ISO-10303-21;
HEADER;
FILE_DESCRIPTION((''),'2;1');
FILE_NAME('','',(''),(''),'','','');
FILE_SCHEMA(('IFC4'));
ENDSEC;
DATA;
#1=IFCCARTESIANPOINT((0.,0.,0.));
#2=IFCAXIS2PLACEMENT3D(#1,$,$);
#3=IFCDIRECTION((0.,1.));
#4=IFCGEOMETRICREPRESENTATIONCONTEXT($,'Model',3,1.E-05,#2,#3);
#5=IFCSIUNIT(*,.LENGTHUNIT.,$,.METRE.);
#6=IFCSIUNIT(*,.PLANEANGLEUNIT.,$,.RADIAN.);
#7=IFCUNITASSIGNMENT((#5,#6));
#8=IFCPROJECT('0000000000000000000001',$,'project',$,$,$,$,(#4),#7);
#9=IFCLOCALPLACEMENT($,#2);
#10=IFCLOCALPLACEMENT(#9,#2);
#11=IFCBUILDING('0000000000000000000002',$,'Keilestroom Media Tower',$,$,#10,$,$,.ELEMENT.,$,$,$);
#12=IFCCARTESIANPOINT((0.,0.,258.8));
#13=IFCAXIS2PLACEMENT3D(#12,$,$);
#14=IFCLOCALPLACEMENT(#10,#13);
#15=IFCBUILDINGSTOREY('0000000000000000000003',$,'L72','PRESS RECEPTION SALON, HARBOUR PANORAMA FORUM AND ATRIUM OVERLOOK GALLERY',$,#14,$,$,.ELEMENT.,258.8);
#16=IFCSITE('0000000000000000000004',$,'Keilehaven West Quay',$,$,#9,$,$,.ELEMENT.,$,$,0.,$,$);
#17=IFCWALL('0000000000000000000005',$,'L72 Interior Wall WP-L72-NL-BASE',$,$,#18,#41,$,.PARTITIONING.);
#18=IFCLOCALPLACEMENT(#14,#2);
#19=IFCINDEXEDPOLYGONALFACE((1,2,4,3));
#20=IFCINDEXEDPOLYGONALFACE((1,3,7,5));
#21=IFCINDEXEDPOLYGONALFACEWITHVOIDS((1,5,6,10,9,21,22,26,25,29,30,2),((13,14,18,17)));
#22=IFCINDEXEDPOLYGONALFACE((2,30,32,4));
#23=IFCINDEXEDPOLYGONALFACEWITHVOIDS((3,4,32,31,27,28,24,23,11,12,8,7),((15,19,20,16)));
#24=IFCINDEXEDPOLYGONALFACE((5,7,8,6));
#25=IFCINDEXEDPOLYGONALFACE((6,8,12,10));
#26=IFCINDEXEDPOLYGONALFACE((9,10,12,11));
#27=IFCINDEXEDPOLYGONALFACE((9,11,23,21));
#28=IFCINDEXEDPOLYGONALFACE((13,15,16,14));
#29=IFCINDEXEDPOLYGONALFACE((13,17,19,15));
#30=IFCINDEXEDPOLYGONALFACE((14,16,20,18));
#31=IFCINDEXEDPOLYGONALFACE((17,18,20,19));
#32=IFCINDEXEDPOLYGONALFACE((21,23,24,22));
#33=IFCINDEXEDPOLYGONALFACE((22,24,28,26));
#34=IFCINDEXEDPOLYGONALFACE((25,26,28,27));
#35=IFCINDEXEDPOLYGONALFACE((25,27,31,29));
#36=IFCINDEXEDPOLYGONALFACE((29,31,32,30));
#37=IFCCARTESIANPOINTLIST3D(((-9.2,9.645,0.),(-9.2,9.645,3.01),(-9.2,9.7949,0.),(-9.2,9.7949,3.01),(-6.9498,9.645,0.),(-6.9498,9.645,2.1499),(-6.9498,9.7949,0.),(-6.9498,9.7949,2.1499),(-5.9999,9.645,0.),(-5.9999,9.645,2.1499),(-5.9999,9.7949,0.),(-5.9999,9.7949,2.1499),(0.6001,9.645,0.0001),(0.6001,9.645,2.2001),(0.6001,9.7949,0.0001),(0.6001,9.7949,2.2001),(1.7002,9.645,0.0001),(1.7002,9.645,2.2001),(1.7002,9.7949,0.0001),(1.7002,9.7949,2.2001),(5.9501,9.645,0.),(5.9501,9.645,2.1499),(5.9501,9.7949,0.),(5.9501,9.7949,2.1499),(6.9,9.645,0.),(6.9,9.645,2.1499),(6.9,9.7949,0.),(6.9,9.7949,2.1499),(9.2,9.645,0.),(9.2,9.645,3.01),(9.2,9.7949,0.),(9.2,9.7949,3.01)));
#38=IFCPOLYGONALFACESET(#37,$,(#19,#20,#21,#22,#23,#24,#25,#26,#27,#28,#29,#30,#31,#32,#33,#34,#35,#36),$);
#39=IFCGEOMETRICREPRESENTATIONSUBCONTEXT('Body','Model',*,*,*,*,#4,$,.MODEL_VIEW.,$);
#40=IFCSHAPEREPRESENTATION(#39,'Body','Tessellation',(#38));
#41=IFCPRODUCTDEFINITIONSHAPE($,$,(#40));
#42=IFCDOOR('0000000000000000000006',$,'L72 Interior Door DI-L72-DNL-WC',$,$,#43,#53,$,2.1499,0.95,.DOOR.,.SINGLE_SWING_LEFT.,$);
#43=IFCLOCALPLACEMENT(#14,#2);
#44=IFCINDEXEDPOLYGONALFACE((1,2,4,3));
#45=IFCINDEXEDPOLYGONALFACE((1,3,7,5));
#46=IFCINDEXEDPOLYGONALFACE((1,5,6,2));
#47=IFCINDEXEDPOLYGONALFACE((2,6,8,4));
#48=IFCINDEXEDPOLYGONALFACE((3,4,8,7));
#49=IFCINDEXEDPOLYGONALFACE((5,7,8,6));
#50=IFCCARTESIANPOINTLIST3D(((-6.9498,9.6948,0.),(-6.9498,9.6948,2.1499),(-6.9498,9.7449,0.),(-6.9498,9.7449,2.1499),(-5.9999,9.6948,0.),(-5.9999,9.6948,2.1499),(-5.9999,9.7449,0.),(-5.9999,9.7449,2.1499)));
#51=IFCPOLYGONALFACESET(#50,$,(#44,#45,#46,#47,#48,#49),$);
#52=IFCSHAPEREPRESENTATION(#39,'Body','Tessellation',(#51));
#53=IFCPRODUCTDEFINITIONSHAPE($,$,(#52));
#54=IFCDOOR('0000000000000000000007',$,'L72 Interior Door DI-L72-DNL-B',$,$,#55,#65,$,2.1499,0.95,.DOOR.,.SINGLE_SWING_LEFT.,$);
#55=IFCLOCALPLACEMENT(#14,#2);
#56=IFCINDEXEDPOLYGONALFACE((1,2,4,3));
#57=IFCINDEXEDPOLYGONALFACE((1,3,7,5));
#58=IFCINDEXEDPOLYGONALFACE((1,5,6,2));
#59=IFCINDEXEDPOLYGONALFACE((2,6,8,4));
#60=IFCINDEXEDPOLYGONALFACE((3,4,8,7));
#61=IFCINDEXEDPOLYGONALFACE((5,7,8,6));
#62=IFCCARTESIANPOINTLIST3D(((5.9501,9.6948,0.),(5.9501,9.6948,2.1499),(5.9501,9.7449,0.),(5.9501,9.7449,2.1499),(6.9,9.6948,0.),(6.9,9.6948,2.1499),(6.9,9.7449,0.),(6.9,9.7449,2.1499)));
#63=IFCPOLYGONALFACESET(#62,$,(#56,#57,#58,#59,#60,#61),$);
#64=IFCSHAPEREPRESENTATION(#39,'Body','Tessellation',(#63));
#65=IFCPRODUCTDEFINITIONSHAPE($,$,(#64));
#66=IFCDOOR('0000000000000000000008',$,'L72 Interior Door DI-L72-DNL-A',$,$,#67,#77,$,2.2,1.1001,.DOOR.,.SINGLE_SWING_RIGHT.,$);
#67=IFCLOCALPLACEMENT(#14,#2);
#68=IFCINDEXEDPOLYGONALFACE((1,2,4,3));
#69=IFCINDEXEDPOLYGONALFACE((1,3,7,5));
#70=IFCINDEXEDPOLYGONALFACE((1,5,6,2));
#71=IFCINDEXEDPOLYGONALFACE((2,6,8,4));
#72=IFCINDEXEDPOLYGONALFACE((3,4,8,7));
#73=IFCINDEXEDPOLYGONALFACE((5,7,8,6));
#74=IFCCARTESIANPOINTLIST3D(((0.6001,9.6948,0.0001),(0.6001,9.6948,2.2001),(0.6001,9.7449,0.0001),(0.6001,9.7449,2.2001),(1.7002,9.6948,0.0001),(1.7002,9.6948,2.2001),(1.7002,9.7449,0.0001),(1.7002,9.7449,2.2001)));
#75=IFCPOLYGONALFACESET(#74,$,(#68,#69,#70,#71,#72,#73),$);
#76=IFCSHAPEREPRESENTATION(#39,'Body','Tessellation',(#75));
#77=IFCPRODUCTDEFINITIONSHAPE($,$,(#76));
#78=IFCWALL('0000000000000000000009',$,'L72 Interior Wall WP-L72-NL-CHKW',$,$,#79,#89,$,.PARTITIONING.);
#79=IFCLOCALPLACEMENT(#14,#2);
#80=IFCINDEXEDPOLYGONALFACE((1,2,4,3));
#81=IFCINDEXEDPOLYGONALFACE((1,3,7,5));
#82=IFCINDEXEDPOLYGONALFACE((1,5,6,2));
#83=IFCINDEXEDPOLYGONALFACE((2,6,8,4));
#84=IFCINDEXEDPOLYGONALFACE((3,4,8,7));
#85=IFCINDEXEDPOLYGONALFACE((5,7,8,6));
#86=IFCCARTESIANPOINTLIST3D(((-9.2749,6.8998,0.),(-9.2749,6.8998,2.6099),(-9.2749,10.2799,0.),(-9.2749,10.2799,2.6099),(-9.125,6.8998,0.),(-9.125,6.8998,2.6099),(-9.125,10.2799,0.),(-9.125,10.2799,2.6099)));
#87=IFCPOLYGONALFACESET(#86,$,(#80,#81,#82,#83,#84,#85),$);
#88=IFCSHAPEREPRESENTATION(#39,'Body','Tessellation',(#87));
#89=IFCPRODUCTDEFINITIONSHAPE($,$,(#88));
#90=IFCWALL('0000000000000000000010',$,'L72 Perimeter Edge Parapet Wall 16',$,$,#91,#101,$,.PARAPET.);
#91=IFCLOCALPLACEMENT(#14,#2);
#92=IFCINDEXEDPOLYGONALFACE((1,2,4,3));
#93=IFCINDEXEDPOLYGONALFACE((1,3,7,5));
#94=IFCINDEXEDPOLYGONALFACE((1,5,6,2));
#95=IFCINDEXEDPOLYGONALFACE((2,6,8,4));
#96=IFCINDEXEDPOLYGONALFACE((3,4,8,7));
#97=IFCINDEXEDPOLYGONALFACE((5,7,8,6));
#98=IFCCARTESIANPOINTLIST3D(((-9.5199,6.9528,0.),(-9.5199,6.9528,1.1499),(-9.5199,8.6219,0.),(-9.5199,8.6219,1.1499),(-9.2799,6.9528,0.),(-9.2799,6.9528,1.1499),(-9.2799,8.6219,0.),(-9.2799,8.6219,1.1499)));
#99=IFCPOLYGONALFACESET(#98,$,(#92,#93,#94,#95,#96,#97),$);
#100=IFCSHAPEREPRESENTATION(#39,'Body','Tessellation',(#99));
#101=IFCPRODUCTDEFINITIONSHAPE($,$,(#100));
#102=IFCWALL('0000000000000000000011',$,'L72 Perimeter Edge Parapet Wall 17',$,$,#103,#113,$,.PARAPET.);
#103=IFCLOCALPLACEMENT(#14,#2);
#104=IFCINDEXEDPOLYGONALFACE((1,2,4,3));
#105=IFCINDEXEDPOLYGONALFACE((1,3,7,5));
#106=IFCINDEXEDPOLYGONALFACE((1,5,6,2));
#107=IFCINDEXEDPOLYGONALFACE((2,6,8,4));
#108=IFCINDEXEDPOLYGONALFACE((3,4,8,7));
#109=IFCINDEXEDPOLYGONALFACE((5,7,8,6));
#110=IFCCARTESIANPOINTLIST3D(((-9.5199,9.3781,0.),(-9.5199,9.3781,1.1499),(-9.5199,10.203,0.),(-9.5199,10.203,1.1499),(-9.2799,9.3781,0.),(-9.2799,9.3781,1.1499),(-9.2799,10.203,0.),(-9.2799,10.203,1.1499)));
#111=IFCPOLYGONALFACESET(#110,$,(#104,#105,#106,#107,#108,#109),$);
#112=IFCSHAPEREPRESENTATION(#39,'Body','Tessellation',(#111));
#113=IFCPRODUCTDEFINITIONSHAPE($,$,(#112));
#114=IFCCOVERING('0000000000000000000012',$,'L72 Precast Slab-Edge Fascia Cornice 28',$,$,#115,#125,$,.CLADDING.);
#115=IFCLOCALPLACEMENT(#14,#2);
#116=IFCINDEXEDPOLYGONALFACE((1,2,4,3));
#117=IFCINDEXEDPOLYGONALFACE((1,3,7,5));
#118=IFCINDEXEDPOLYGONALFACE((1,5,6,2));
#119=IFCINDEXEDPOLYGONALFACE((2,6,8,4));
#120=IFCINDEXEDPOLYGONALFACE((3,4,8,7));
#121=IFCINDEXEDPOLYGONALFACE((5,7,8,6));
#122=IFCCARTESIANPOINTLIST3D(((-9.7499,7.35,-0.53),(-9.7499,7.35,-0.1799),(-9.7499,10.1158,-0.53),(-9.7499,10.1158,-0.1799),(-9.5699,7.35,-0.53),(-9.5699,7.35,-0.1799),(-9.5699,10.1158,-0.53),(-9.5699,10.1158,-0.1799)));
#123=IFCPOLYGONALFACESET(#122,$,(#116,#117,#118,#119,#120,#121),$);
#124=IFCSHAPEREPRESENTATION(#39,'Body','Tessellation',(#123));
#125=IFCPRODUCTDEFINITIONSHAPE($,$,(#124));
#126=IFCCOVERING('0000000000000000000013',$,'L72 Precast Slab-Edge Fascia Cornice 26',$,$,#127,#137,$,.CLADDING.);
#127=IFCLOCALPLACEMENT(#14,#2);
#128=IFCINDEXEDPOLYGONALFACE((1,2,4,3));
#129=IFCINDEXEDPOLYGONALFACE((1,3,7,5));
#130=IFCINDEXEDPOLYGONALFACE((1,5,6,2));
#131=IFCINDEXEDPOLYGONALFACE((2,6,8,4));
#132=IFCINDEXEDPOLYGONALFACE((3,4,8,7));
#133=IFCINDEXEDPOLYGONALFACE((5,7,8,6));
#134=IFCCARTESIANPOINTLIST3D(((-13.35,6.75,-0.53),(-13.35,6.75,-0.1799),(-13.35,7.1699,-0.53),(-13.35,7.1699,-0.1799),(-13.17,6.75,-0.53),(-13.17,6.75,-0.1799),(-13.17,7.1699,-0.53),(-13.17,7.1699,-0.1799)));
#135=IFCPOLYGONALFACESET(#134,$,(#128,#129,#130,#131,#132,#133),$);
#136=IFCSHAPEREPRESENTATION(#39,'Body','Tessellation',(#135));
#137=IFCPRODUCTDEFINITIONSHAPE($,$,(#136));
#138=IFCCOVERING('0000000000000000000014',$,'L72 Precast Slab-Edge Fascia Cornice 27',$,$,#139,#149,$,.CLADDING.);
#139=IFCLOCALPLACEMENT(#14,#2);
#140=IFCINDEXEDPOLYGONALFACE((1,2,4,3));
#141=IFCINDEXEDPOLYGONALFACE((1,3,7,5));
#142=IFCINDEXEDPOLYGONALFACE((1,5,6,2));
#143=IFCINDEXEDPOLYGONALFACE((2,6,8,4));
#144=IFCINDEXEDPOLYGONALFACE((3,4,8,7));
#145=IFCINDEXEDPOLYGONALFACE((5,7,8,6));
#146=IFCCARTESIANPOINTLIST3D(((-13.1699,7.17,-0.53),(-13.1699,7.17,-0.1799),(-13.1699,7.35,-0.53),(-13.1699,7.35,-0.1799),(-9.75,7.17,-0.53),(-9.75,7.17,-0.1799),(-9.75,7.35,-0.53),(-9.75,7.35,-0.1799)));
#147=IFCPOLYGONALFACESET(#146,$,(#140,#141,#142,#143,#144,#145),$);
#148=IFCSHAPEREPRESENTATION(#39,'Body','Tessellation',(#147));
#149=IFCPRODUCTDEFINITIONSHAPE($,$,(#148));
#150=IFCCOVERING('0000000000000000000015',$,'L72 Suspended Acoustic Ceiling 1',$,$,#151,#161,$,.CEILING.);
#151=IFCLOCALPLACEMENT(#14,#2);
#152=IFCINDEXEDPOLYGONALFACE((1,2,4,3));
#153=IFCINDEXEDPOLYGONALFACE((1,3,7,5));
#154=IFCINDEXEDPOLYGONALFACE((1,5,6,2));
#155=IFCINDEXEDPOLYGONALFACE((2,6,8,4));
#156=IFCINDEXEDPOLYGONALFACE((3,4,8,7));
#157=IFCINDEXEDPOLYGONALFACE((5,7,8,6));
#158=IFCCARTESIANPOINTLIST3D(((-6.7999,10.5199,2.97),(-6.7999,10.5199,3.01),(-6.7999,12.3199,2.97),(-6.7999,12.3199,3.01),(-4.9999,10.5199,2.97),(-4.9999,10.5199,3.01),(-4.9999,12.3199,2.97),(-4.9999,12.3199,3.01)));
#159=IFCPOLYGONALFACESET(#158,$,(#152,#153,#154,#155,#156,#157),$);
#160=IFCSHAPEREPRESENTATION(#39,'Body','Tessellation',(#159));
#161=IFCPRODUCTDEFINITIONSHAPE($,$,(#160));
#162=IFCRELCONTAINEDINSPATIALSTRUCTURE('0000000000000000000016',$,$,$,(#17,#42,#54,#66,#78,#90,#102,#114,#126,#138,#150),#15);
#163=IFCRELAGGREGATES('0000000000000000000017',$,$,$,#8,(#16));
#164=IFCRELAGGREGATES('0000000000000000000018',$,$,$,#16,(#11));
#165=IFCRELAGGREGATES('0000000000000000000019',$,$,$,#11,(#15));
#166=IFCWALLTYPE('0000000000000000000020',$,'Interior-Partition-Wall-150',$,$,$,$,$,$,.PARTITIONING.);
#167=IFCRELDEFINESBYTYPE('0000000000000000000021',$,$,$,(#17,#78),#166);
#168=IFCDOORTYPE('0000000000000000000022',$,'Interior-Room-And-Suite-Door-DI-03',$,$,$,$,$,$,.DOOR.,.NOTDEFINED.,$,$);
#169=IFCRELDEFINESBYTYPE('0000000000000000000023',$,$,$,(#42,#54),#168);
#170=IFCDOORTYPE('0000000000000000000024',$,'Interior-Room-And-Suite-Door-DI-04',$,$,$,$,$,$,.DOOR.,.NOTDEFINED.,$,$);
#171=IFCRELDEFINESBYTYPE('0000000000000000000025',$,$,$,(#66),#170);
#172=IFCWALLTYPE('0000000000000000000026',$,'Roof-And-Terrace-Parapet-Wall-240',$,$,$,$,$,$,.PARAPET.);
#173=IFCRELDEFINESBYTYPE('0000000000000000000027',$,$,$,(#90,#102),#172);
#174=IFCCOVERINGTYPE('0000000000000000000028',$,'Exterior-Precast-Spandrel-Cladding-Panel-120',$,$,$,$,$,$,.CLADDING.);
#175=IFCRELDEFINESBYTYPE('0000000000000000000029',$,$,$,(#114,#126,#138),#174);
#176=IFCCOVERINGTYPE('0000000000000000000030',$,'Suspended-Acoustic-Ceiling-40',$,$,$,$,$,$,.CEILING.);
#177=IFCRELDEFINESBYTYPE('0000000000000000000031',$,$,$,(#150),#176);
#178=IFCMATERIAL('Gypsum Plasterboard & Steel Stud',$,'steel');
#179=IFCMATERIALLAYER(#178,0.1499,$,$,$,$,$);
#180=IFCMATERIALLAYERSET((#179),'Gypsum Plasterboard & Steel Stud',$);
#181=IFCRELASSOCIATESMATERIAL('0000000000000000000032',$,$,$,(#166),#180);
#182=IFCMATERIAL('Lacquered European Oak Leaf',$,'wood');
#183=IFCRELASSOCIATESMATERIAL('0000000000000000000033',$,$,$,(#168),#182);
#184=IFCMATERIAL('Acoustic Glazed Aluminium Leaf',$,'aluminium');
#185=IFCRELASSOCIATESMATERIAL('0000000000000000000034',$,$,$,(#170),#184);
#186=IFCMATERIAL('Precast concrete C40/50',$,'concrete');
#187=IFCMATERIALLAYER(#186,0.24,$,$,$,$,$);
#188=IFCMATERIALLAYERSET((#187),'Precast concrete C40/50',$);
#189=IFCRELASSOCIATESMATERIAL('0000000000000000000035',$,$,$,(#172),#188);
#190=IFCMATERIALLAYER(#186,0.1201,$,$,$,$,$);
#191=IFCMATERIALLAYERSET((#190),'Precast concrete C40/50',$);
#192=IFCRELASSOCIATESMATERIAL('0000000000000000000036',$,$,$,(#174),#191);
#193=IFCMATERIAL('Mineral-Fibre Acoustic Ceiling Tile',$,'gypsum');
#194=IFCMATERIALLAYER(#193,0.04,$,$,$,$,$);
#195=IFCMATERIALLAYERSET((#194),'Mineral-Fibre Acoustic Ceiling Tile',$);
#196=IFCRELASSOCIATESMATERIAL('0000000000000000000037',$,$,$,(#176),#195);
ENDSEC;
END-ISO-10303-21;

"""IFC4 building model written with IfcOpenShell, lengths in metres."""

from ifc_helpers import new_model, si_unit, direction, frame, frame_2d, origin, origin_2d, place, context, subcontext, project, spatial, rectangle, extrude, source, transform, mapped, material, layer, layer_set, type_object, element, fill, save


model = new_model("IFC4")

# Units and contexts
model_context = context("Model", 3, precision=1e-05, world=origin(), true_north=direction((0.0, 1.0)))
body_context = subcontext(model_context, "Body", "Model", "MODEL_VIEW")
ifc_project = project(units=[si_unit("LENGTHUNIT", "METRE"), si_unit("PLANEANGLEUNIT", "RADIAN")], contexts=[model_context])

# Site, building, storey
site_placement = place(None, origin())
site = spatial("IfcSite", under=ifc_project, at=site_placement, Name="Keilehaven West Quay", CompositionType="ELEMENT", RefElevation=0.0)
building_placement = place(site_placement, origin())
building = spatial("IfcBuilding", under=site, at=building_placement, Name="Keilestroom Media Tower", CompositionType="ELEMENT")
storey_placement = place(building_placement, frame((0.0, 0.0, 258.8)))
storey = spatial("IfcBuildingStorey", under=building, at=storey_placement, Name="L72", Description="PRESS RECEPTION SALON, HARBOUR PANORAMA FORUM AND ATRIUM OVERLOOK GALLERY", CompositionType="ELEMENT", Elevation=258.8)

# Shared definitions
ifc_material_1 = material(Name="Gypsum Plasterboard & Steel Stud", Category="steel")

# Wall, openings, doors
ifc_layer_1 = layer(ifc_material_1, 0.1499)
ifc_layer_set_1 = layer_set([ifc_layer_1], Name="Gypsum Plasterboard & Steel Stud")
wall_type_1 = type_object("IfcWallType", Name="Interior-Partition-Wall-150", PredefinedType="PARTITIONING", material=ifc_layer_set_1)
wall_1_placement = place(storey_placement, frame((-9.2, 9.72, 0.0), z_axis=(0.0, 0.0, 1.0), x_axis=(1.0, 0.0, 0.0)))
wall_1 = element("IfcWall", 1, at=wall_1_placement, inside=storey, type_object=wall_type_1, Name="L72 Interior Wall WP-L72-NL-BASE", PredefinedType="PARTITIONING", context=body_context, shape_type="SweptSolid", body=[
    extrude(rectangle(XDim=18.3999, YDim=0.1499, at=frame_2d((9.2, 0.0))), origin(), (0.0, 0.0, 1.0), 3.01),
])
opening_1_placement = place(wall_1_placement, frame((2.25, 0.0, 0.0)))
opening_1 = element("IfcOpeningElement", 2, at=opening_1_placement, cuts=wall_1, PredefinedType="OPENING", context=body_context, shape_type="SweptSolid", body=[
    extrude(rectangle(XDim=0.95, YDim=2.1499, at=frame_2d((0.4751, 1.075))), frame((0.0, 0.085, 0.0), z_axis=(0.0, -1.0, 0.0), x_axis=(1.0, 0.0, 0.0)), (0.0, 0.0, 1.0), 0.1699),
])
opening_2_placement = place(wall_1_placement, frame((9.8, 0.0, 0.0)))
opening_2 = element("IfcOpeningElement", 3, at=opening_2_placement, cuts=wall_1, PredefinedType="OPENING", context=body_context, shape_type="SweptSolid", body=[
    extrude(rectangle(XDim=1.1001, YDim=2.2, at=frame_2d((0.55, 1.1001))), frame((0.0, 0.085, 0.0), z_axis=(0.0, -1.0, 0.0), x_axis=(1.0, 0.0, 0.0)), (0.0, 0.0, 1.0), 0.1699),
])
opening_3_placement = place(wall_1_placement, frame((15.1499, 0.0, 0.0)))
opening_3 = element("IfcOpeningElement", 4, at=opening_3_placement, cuts=wall_1, PredefinedType="OPENING", context=body_context, shape_type="SweptSolid", body=[
    extrude(rectangle(XDim=0.95, YDim=2.1499, at=frame_2d((0.4751, 1.075))), frame((0.0, 0.085, 0.0), z_axis=(0.0, -1.0, 0.0), x_axis=(1.0, 0.0, 0.0)), (0.0, 0.0, 1.0), 0.1699),
])
ifc_material_2 = material(Name="Lacquered European Oak Leaf", Category="wood")
door_type_1 = type_object("IfcDoorType", Name="Interior-Room-And-Suite-Door-DI-03", OperationType="NOTDEFINED", PredefinedType="DOOR", material=ifc_material_2)
shared_shape_1 = source(origin(), body_context, "Body", "SweptSolid", [
    extrude(rectangle(XDim=0.95, YDim=2.1499, at=frame_2d((0.4751, 1.075))), frame((0.0, 0.0249, 0.0), z_axis=(0.0, -1.0, 0.0), x_axis=(1.0, 0.0, 0.0)), (0.0, 0.0, 1.0), 0.05),
])
door_1_placement = place(opening_1_placement, origin())
door_1 = element("IfcDoor", 5, at=door_1_placement, inside=storey, type_object=door_type_1, Name="L72 Interior Door DI-L72-DNL-WC", OperationType="SINGLE_SWING_LEFT", OverallHeight=2.1499, OverallWidth=0.95, PredefinedType="DOOR", context=body_context, shape_type="MappedRepresentation", body=[
    mapped(shared_shape_1, transform((0.0, 0.0, 0.0), x_axis=(1.0, 0.0, 0.0), y_axis=(0.0, 1.0, 0.0), z_axis=(0.0, 0.0, 1.0), scale=1.0)),
])
fill(opening_1, door_1)
door_2_placement = place(opening_3_placement, origin())
door_2 = element("IfcDoor", 6, at=door_2_placement, inside=storey, type_object=door_type_1, Name="L72 Interior Door DI-L72-DNL-B", OperationType="SINGLE_SWING_LEFT", OverallHeight=2.1499, OverallWidth=0.95, PredefinedType="DOOR", context=body_context, shape_type="MappedRepresentation", body=[
    mapped(shared_shape_1, transform((0.0, 0.0, 0.0), x_axis=(1.0, 0.0, 0.0), y_axis=(0.0, 1.0, 0.0), z_axis=(0.0, 0.0, 1.0), scale=1.0)),
])
fill(opening_3, door_2)
ifc_material_3 = material(Name="Acoustic Glazed Aluminium Leaf", Category="aluminium")
door_type_2 = type_object("IfcDoorType", Name="Interior-Room-And-Suite-Door-DI-04", OperationType="NOTDEFINED", PredefinedType="DOOR", material=ifc_material_3)
shared_shape_2 = source(origin(), body_context, "Body", "SweptSolid", [
    extrude(rectangle(XDim=1.1001, YDim=2.2, at=frame_2d((0.55, 1.1001))), frame((0.0, 0.0249, 0.0), z_axis=(0.0, -1.0, 0.0), x_axis=(1.0, 0.0, 0.0)), (0.0, 0.0, 1.0), 0.05),
])
door_3_placement = place(opening_2_placement, origin())
door_3 = element("IfcDoor", 7, at=door_3_placement, inside=storey, type_object=door_type_2, Name="L72 Interior Door DI-L72-DNL-A", OperationType="SINGLE_SWING_RIGHT", OverallHeight=2.2, OverallWidth=1.1001, PredefinedType="DOOR", context=body_context, shape_type="MappedRepresentation", body=[
    mapped(shared_shape_2, transform((0.0, 0.0, 0.0), x_axis=(1.0, 0.0, 0.0), y_axis=(0.0, 1.0, 0.0), z_axis=(0.0, 0.0, 1.0), scale=1.0)),
])
fill(opening_2, door_3)

# Walls
wall_2_placement = place(storey_placement, frame((-9.2, 6.8999, 0.0), z_axis=(0.0, 0.0, 1.0), x_axis=(0.0, 1.0, 0.0)))
element("IfcWall", 8, at=wall_2_placement, inside=storey, type_object=wall_type_1, Name="L72 Interior Wall WP-L72-NL-CHKW", PredefinedType="PARTITIONING", context=body_context, shape_type="SweptSolid", body=[
    extrude(rectangle(XDim=3.3801, YDim=0.1499, at=frame_2d((1.6899, 0.0))), origin(), (0.0, 0.0, 1.0), 2.6099),
])
ifc_material_4 = material(Name="Precast concrete C40/50", Category="concrete")
ifc_layer_2 = layer(ifc_material_4, 0.24)
ifc_layer_set_2 = layer_set([ifc_layer_2], Name="Precast concrete C40/50")
wall_type_2 = type_object("IfcWallType", Name="Roof-And-Terrace-Parapet-Wall-240", PredefinedType="PARAPET", material=ifc_layer_set_2)
wall_3_placement = place(storey_placement, frame((-9.3999, 6.9529, 0.0), z_axis=(0.0, 0.0, 1.0), x_axis=(0.0, 1.0, 0.0)))
element("IfcWall", 9, at=wall_3_placement, inside=storey, type_object=wall_type_2, Name="L72 Perimeter Edge Parapet Wall 16", PredefinedType="PARAPET", context=body_context, shape_type="SweptSolid", body=[
    extrude(rectangle(XDim=1.6692, YDim=0.24, at=frame_2d((0.8345, 0.0))), origin(), (0.0, 0.0, 1.0), 1.1499),
])
wall_4_placement = place(storey_placement, frame((-9.3999, 9.3779, 0.0), z_axis=(0.0, 0.0, 1.0), x_axis=(0.0, 1.0, 0.0)))
element("IfcWall", 10, at=wall_4_placement, inside=storey, type_object=wall_type_2, Name="L72 Perimeter Edge Parapet Wall 17", PredefinedType="PARAPET", context=body_context, shape_type="SweptSolid", body=[
    extrude(rectangle(XDim=0.825, YDim=0.24, at=frame_2d((0.4126, 0.0))), origin(), (0.0, 0.0, 1.0), 1.1499),
])

# Coverings
ifc_layer_3 = layer(ifc_material_4, 0.1201)
ifc_layer_set_3 = layer_set([ifc_layer_3], Name="Precast concrete C40/50")
covering_type_1 = type_object("IfcCoveringType", Name="Exterior-Precast-Spandrel-Cladding-Panel-120", PredefinedType="CLADDING", material=ifc_layer_set_3)
shared_shape_3 = source(origin(), body_context, "Body", "SweptSolid", [
    extrude(rectangle(XDim=2.7659, YDim=0.1799, at=origin_2d()), origin(), (0.0, 0.0, 1.0), 0.3501),
])
covering_1_placement = place(storey_placement, frame((-9.6599, 8.7329, -0.53), z_axis=(0.0, 0.0, 1.0), x_axis=(0.0, 1.0, 0.0)))
element("IfcCovering", 11, at=covering_1_placement, inside=storey, type_object=covering_type_1, Name="L72 Precast Slab-Edge Fascia Cornice 28", PredefinedType="CLADDING", context=body_context, shape_type="MappedRepresentation", body=[
    mapped(shared_shape_3, transform((0.0, 0.0, 0.0), x_axis=(1.0, 0.0, 0.0), y_axis=(0.0, 1.0, 0.0), z_axis=(0.0, 0.0, 1.0), scale=1.0)),
])
shared_shape_4 = source(origin(), body_context, "Body", "SweptSolid", [
    extrude(rectangle(XDim=0.4199, YDim=0.1799, at=origin_2d()), origin(), (0.0, 0.0, 1.0), 0.3501),
])
covering_2_placement = place(storey_placement, frame((-13.26, 6.96, -0.53), z_axis=(0.0, 0.0, 1.0), x_axis=(0.0, 1.0, 0.0)))
element("IfcCovering", 12, at=covering_2_placement, inside=storey, type_object=covering_type_1, Name="L72 Precast Slab-Edge Fascia Cornice 26", PredefinedType="CLADDING", context=body_context, shape_type="MappedRepresentation", body=[
    mapped(shared_shape_4, transform((0.0, 0.0, 0.0), x_axis=(1.0, 0.0, 0.0), y_axis=(0.0, 1.0, 0.0), z_axis=(0.0, 0.0, 1.0), scale=1.0)),
])
shared_shape_5 = source(origin(), body_context, "Body", "SweptSolid", [
    extrude(rectangle(XDim=3.4199, YDim=0.1799, at=origin_2d()), origin(), (0.0, 0.0, 1.0), 0.3501),
])
covering_3_placement = place(storey_placement, frame((-11.46, 7.26, -0.53), z_axis=(0.0, 0.0, 1.0), x_axis=(1.0, 0.0, 0.0)))
element("IfcCovering", 13, at=covering_3_placement, inside=storey, type_object=covering_type_1, Name="L72 Precast Slab-Edge Fascia Cornice 27", PredefinedType="CLADDING", context=body_context, shape_type="MappedRepresentation", body=[
    mapped(shared_shape_5, transform((0.0, 0.0, 0.0), x_axis=(1.0, 0.0, 0.0), y_axis=(0.0, 1.0, 0.0), z_axis=(0.0, 0.0, 1.0), scale=1.0)),
])
ifc_material_5 = material(Name="Mineral-Fibre Acoustic Ceiling Tile", Category="gypsum")
ifc_layer_4 = layer(ifc_material_5, 0.04)
ifc_layer_set_4 = layer_set([ifc_layer_4], Name="Mineral-Fibre Acoustic Ceiling Tile")
covering_type_2 = type_object("IfcCoveringType", Name="Suspended-Acoustic-Ceiling-40", PredefinedType="CEILING", material=ifc_layer_set_4)
shared_shape_6 = source(origin(), body_context, "Body", "SweptSolid", [
    extrude(rectangle(XDim=1.8, YDim=1.8, at=origin_2d()), origin(), (0.0, 0.0, 1.0), 0.04),
])
covering_4_placement = place(storey_placement, frame((-5.8999, 11.4199, 2.97), z_axis=(0.0, 0.0, 1.0), x_axis=(1.0, 0.0, 0.0)))
element("IfcCovering", 14, at=covering_4_placement, inside=storey, type_object=covering_type_2, Name="L72 Suspended Acoustic Ceiling 1", PredefinedType="CEILING", context=body_context, shape_type="MappedRepresentation", body=[
    mapped(shared_shape_6, transform((0.0, 0.0, 0.0), x_axis=(1.0, 0.0, 0.0), y_axis=(0.0, 1.0, 0.0), z_axis=(0.0, 0.0, 1.0), scale=1.0)),
])

save(model, "model.ifc")
